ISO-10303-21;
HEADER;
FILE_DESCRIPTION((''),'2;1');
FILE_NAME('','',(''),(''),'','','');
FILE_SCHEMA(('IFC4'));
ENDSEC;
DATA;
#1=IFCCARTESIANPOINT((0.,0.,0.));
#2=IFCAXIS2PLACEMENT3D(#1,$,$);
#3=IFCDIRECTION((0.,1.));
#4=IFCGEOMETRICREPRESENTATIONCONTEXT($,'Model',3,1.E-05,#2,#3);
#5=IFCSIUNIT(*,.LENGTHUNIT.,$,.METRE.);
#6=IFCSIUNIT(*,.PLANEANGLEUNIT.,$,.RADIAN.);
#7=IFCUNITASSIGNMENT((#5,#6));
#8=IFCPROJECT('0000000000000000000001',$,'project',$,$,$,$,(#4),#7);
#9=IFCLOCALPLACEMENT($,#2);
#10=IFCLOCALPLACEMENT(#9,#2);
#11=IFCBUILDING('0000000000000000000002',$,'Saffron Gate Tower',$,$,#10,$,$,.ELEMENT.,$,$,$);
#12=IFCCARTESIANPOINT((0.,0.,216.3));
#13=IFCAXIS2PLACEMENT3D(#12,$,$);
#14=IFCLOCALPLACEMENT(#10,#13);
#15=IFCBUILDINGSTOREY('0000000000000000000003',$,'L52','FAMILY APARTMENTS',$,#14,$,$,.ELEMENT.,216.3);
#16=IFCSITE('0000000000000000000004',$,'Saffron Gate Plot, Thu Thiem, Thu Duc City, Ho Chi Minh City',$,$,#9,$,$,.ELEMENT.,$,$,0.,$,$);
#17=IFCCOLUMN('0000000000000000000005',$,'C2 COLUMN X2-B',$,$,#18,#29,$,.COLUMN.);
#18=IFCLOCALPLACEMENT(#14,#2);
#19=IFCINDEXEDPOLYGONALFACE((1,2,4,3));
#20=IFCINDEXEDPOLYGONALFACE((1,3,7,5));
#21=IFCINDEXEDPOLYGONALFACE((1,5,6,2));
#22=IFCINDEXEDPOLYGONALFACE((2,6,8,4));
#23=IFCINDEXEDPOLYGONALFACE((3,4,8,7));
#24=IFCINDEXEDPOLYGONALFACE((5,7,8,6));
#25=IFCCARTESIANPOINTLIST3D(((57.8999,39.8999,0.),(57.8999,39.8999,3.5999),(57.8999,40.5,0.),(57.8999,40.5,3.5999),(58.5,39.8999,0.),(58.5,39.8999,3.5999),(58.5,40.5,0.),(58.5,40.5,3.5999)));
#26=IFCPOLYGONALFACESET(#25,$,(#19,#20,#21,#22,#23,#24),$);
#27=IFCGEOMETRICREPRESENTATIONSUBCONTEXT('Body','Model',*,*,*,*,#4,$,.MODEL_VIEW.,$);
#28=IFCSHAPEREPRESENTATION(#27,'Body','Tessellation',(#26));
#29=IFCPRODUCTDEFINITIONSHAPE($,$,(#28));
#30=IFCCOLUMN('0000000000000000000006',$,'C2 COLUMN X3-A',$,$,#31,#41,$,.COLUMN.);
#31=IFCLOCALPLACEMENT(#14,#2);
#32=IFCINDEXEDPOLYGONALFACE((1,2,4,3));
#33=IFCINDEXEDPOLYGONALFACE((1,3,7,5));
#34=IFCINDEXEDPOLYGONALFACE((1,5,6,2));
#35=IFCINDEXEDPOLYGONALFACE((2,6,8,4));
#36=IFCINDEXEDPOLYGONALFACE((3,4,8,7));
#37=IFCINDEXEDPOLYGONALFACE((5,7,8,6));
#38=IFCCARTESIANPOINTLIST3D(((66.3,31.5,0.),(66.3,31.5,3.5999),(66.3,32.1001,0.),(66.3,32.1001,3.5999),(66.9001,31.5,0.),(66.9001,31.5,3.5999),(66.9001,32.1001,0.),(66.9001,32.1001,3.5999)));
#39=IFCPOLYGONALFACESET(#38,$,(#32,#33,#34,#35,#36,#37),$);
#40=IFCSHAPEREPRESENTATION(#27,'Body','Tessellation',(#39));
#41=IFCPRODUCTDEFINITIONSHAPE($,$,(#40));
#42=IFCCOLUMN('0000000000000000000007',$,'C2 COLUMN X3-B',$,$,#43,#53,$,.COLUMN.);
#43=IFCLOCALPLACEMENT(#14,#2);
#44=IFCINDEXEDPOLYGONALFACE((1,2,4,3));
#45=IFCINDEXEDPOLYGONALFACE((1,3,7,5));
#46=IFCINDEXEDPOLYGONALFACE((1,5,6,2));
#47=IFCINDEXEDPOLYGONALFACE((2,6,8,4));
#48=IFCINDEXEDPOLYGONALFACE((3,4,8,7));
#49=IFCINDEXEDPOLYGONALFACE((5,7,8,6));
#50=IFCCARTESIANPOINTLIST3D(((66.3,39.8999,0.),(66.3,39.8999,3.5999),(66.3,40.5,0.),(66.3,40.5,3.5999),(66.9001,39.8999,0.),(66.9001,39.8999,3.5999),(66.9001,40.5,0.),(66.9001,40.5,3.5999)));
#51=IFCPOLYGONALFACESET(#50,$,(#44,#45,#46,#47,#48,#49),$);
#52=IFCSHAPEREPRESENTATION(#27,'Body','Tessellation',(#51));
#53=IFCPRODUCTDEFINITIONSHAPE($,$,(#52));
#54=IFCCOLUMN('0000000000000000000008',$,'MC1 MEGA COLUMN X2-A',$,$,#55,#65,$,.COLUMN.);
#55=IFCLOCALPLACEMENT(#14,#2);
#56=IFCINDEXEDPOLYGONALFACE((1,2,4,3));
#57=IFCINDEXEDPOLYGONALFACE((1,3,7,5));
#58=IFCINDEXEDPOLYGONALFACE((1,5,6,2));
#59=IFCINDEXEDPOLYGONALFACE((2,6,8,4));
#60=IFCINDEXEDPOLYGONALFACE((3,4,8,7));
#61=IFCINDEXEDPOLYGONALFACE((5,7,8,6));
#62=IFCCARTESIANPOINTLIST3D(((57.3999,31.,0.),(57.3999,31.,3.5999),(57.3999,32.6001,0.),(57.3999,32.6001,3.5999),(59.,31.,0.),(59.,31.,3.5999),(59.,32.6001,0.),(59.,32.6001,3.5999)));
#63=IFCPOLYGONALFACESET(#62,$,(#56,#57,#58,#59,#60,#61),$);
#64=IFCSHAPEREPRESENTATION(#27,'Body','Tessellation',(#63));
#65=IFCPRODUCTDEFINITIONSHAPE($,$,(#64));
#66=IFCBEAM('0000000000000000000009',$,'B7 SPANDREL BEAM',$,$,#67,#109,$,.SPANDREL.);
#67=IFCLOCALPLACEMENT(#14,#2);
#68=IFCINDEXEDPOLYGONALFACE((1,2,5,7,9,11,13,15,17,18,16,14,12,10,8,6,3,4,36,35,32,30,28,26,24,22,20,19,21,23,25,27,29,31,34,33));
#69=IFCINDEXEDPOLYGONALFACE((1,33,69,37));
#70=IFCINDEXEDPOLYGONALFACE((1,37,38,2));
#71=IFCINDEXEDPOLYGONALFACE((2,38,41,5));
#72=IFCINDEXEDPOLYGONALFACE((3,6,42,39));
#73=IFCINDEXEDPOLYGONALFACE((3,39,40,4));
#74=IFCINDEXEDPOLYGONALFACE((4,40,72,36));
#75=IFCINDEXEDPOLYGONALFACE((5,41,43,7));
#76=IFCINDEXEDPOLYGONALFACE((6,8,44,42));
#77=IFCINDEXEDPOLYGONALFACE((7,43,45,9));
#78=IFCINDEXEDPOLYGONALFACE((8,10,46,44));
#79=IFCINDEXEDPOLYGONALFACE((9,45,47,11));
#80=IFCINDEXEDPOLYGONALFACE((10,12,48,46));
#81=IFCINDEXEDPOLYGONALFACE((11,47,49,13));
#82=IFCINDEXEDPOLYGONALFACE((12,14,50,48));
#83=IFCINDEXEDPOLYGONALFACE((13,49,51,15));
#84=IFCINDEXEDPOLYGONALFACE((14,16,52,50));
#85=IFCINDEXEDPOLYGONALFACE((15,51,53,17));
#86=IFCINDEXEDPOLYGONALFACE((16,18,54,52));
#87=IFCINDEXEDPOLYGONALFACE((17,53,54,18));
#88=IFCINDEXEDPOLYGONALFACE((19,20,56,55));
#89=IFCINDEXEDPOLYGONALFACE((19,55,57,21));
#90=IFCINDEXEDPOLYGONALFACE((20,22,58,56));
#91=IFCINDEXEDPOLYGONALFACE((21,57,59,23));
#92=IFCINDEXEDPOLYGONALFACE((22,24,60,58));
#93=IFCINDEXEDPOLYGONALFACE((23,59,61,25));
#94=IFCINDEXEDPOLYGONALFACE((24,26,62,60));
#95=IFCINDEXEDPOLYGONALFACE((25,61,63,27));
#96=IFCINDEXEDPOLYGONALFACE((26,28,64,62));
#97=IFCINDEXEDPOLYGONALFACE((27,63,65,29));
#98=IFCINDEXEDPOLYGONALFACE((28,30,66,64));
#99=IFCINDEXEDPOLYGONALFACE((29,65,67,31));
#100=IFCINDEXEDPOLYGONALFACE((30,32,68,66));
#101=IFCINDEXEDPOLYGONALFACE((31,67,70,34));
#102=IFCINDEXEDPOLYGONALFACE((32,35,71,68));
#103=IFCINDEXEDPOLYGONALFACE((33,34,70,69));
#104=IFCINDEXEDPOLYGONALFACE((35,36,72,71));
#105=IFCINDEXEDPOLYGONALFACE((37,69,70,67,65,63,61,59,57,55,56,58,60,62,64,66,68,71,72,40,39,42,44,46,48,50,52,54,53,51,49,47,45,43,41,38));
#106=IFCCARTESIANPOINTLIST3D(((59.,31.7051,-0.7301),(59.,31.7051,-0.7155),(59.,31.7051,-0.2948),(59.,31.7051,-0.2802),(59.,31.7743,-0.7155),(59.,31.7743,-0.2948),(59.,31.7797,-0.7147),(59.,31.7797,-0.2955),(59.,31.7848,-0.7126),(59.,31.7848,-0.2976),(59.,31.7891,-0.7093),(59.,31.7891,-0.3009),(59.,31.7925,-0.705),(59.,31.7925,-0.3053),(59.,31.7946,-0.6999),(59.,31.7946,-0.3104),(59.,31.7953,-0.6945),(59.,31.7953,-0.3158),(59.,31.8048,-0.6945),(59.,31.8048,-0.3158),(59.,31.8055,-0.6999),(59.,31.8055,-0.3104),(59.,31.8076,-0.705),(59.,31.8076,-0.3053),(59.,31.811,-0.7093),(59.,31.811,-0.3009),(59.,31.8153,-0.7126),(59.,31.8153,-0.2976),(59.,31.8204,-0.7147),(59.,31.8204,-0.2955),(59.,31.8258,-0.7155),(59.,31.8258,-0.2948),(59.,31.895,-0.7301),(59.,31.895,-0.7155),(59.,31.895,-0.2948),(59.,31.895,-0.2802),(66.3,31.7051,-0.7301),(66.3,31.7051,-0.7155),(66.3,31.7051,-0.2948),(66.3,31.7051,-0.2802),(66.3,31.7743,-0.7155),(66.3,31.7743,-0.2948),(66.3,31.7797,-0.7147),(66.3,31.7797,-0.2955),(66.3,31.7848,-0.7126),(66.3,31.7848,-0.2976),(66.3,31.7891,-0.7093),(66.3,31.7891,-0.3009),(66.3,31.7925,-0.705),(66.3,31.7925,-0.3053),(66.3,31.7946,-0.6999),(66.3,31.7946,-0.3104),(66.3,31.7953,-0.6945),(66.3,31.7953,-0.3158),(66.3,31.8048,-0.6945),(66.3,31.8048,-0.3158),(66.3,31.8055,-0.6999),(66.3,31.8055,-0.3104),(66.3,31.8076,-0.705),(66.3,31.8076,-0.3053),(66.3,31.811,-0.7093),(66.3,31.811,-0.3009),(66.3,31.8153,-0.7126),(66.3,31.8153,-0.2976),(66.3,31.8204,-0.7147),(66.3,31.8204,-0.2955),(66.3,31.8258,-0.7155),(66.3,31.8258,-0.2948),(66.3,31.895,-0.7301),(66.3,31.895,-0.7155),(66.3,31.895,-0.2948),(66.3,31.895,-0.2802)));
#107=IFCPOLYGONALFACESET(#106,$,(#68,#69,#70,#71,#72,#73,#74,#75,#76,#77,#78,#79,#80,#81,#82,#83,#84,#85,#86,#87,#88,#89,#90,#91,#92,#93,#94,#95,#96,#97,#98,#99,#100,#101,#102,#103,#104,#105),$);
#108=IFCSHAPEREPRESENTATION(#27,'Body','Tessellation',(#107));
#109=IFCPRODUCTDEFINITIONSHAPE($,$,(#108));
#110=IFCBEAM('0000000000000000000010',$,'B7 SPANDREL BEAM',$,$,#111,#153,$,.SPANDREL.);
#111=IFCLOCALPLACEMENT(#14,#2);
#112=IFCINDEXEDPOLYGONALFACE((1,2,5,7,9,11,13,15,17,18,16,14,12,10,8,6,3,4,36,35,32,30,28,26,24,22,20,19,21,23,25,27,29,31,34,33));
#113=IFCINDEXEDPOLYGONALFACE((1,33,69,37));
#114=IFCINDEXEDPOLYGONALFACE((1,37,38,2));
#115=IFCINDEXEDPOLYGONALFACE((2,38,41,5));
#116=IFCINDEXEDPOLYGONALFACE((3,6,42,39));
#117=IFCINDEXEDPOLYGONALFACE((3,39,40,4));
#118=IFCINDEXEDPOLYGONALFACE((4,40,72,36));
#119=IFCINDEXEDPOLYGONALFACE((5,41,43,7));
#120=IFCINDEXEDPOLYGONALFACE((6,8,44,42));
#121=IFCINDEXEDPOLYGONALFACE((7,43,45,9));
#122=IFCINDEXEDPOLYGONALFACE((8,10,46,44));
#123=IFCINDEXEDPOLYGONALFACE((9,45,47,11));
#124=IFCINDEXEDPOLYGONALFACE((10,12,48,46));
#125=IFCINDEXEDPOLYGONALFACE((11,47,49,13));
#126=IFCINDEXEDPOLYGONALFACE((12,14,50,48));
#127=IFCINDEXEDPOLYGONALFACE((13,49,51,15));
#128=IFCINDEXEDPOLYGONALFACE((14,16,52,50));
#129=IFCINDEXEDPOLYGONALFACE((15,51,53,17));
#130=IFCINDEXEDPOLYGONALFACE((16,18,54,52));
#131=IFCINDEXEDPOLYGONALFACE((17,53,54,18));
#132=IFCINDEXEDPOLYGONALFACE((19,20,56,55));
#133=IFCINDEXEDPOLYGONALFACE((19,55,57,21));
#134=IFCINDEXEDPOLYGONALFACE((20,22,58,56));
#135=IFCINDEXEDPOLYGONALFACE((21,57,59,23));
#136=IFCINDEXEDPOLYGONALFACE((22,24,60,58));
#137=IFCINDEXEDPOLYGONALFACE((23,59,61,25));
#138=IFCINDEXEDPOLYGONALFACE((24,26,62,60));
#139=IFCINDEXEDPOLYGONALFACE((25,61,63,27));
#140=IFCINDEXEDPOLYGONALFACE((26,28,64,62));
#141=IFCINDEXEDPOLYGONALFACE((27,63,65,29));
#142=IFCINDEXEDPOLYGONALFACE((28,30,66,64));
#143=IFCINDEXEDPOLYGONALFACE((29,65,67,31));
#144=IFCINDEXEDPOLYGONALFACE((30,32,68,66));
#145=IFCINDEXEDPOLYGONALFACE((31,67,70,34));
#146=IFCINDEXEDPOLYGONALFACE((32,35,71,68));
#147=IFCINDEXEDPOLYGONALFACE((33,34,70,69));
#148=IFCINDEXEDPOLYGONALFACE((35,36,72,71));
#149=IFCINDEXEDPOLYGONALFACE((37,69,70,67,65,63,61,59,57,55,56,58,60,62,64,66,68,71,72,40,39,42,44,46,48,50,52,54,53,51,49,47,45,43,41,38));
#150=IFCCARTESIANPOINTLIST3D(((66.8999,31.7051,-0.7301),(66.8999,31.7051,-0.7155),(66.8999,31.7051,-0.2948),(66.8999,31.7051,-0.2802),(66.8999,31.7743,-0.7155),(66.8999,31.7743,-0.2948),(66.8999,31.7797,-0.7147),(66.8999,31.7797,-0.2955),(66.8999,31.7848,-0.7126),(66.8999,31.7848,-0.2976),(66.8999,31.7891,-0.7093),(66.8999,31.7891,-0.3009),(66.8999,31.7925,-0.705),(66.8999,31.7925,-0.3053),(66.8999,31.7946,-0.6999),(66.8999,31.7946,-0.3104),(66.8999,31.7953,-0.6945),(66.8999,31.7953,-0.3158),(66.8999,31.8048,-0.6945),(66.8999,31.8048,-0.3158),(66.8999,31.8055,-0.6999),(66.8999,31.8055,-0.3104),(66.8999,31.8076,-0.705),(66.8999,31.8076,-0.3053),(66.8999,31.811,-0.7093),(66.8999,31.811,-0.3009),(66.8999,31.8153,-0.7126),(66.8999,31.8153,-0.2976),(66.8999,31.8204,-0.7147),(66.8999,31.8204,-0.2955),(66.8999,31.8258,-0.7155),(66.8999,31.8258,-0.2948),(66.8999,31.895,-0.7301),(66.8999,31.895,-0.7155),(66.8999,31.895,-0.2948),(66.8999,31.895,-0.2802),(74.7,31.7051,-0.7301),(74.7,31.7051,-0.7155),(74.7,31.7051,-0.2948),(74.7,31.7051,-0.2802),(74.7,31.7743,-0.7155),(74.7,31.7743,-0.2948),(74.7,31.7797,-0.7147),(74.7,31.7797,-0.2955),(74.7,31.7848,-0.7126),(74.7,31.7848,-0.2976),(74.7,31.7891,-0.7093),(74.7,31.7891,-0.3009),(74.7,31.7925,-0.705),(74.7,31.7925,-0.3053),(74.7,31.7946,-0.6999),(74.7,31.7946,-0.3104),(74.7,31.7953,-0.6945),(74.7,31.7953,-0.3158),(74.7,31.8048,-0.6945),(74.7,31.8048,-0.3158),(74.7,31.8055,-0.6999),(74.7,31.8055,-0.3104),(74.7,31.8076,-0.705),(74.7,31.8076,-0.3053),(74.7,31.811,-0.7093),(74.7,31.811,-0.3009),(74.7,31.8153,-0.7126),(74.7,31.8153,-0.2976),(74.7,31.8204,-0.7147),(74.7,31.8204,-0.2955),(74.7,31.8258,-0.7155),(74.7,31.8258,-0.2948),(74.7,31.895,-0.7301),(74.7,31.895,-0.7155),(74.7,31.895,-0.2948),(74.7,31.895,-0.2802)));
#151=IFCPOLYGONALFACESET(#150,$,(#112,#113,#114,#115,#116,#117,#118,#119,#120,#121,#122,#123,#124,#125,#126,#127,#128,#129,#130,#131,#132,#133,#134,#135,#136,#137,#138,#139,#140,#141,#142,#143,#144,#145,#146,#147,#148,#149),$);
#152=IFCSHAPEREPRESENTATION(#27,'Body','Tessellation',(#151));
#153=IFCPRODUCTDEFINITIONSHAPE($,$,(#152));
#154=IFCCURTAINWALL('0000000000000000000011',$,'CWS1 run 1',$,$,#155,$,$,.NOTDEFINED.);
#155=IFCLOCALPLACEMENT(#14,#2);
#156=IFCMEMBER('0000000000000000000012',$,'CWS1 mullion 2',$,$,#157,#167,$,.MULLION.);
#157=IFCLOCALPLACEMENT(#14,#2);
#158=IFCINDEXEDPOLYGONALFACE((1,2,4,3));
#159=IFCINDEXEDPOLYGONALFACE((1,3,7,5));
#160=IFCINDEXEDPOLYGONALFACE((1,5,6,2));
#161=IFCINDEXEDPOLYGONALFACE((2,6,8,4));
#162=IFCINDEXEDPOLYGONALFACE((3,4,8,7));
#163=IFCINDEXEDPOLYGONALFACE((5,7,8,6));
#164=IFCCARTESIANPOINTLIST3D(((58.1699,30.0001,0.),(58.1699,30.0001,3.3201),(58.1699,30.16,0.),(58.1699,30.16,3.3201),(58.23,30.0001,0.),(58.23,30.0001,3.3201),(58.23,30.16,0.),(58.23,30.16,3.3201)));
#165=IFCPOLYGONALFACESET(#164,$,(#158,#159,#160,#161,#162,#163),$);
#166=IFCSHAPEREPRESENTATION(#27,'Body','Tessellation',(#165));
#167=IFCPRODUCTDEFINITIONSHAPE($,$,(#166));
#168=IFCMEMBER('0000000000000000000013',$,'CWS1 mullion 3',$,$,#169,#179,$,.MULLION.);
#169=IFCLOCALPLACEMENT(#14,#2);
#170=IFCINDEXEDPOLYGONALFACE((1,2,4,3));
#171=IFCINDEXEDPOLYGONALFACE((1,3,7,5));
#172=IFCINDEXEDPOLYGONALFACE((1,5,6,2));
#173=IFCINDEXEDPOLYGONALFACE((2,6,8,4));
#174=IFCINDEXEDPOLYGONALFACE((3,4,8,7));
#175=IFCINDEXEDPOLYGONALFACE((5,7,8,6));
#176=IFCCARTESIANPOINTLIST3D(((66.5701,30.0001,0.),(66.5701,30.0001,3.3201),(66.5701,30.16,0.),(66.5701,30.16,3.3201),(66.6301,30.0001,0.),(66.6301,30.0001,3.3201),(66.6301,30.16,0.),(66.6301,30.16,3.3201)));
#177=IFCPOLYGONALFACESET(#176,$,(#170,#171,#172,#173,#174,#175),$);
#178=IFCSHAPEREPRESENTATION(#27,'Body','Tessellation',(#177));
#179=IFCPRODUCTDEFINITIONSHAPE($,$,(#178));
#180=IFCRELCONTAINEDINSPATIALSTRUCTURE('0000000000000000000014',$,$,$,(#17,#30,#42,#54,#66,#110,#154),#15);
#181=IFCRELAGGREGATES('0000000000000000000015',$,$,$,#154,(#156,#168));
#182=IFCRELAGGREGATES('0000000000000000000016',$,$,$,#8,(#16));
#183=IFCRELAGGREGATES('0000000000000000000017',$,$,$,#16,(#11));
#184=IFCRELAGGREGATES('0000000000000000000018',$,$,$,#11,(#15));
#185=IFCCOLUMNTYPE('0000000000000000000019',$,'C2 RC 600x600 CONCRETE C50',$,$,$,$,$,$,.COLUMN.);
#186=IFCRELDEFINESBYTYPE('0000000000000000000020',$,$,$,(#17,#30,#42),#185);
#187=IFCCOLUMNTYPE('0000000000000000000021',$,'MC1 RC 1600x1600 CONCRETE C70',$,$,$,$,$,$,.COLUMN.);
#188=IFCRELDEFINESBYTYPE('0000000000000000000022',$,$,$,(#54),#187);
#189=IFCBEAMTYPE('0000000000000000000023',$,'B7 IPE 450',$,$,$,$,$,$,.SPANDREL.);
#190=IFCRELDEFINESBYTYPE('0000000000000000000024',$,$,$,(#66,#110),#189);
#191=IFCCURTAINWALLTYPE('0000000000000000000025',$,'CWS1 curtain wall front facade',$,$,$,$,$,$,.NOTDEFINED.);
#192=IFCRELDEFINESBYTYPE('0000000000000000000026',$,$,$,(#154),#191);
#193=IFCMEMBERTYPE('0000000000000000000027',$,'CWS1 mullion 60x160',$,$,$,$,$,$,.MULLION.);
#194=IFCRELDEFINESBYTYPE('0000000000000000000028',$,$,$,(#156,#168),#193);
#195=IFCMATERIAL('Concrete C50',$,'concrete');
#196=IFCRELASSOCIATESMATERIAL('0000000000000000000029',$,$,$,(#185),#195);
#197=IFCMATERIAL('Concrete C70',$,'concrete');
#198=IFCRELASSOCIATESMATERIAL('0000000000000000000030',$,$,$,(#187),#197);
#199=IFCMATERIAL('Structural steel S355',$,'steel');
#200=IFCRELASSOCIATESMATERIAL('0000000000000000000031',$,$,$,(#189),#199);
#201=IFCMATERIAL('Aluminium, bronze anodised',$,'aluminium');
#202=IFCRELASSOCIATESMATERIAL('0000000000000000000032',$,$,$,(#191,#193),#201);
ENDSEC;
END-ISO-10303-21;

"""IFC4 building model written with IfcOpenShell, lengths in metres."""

from ifc_helpers import new_model, si_unit, direction, frame, origin, origin_2d, place, context, subcontext, project, spatial, rectangle, i_section, extrude, material, material_profile, profile_set, type_object, element, aggregate, save


model = new_model("IFC4")

# Units and contexts
model_context = context("Model", 3, precision=1e-05, world=origin(), true_north=direction((0.0, 1.0)))
body_context = subcontext(model_context, "Body", "Model", "MODEL_VIEW")
ifc_project = project(units=[si_unit("LENGTHUNIT", "METRE"), si_unit("PLANEANGLEUNIT", "RADIAN")], contexts=[model_context])

# Site, building, storey
site_placement = place(None, origin())
site = spatial("IfcSite", under=ifc_project, at=site_placement, Name="Saffron Gate Plot, Thu Thiem, Thu Duc City, Ho Chi Minh City", CompositionType="ELEMENT", RefElevation=0.0)
building_placement = place(site_placement, origin())
building = spatial("IfcBuilding", under=site, at=building_placement, Name="Saffron Gate Tower", CompositionType="ELEMENT")
storey_placement = place(building_placement, frame((0.0, 0.0, 216.3)))
storey = spatial("IfcBuildingStorey", under=building, at=storey_placement, Name="L52", Description="FAMILY APARTMENTS", CompositionType="ELEMENT", Elevation=216.3)

# Columns
ifc_material_1 = material(Name="Concrete C50", Category="concrete")
ifc_material_profile_1 = material_profile(ifc_material_1, rectangle(XDim=0.6001, YDim=0.6001, at=origin_2d()))
ifc_profile_set_1 = profile_set([ifc_material_profile_1], Name="Concrete C50")
column_type_1 = type_object("IfcColumnType", Name="C2 RC 600x600 CONCRETE C50", PredefinedType="COLUMN", material=ifc_profile_set_1)
for number, where, z_axis, x_axis, name in (
    (1, (58.2, 40.2, 0.0), (0.0, 0.0, 1.0), (1.0, 0.0, 0.0), "C2 COLUMN X2-B"),
    (2, (66.6001, 31.8, 0.0), (0.0, 0.0, 1.0), (1.0, 0.0, 0.0), "C2 COLUMN X3-A"),
    (3, (66.6001, 40.2, 0.0), (0.0, 0.0, 1.0), (1.0, 0.0, 0.0), "C2 COLUMN X3-B"),
):
    element("IfcColumn", number, at=place(storey_placement, frame(where, z_axis=z_axis, x_axis=x_axis)), inside=storey, type_object=column_type_1, Name=name, PredefinedType="COLUMN", context=body_context, shape_type="SweptSolid", body=[
        extrude(rectangle(XDim=0.6001, YDim=0.6001, at=origin_2d()), origin(), (0.0, 0.0, 1.0), 3.5999),
    ])
ifc_material_2 = material(Name="Concrete C70", Category="concrete")
ifc_material_profile_2 = material_profile(ifc_material_2, rectangle(XDim=1.6001, YDim=1.6001, at=origin_2d()))
ifc_profile_set_2 = profile_set([ifc_material_profile_2], Name="Concrete C70")
column_type_2 = type_object("IfcColumnType", Name="MC1 RC 1600x1600 CONCRETE C70", PredefinedType="COLUMN", material=ifc_profile_set_2)
column_placement = place(storey_placement, frame((58.2, 31.8, 0.0), z_axis=(0.0, 0.0, 1.0), x_axis=(1.0, 0.0, 0.0)))
element("IfcColumn", 4, at=column_placement, inside=storey, type_object=column_type_2, Name="MC1 MEGA COLUMN X2-A", PredefinedType="COLUMN", context=body_context, shape_type="SweptSolid", body=[
    extrude(rectangle(XDim=1.6001, YDim=1.6001, at=origin_2d()), origin(), (0.0, 0.0, 1.0), 3.5999),
])

# Beams
ifc_material_3 = material(Name="Structural steel S355", Category="steel")
ifc_material_profile_3 = material_profile(ifc_material_3, i_section(OverallWidth=0.1899, OverallDepth=0.45, WebThickness=0.0095, FlangeThickness=0.0146, FilletRadius=0.021, at=origin_2d()))
ifc_profile_set_3 = profile_set([ifc_material_profile_3], Name="Structural steel S355")
beam_type = type_object("IfcBeamType", Name="B7 IPE 450", PredefinedType="SPANDREL", material=ifc_profile_set_3)
beam_1_placement = place(storey_placement, frame((59.0, 31.8, -0.5051), z_axis=(1.0, 0.0, 0.0), x_axis=(0.0, 1.0, 0.0)))
element("IfcBeam", 5, at=beam_1_placement, inside=storey, type_object=beam_type, Name="B7 SPANDREL BEAM", PredefinedType="SPANDREL", context=body_context, shape_type="SweptSolid", body=[
    extrude(i_section(OverallWidth=0.1899, OverallDepth=0.45, WebThickness=0.0095, FlangeThickness=0.0146, FilletRadius=0.021, at=origin_2d()), origin(), (0.0, 0.0, 1.0), 7.3),
])
beam_2_placement = place(storey_placement, frame((66.8999, 31.8, -0.5051), z_axis=(1.0, 0.0, 0.0), x_axis=(0.0, 1.0, 0.0)))
element("IfcBeam", 6, at=beam_2_placement, inside=storey, type_object=beam_type, Name="B7 SPANDREL BEAM", PredefinedType="SPANDREL", context=body_context, shape_type="SweptSolid", body=[
    extrude(i_section(OverallWidth=0.1899, OverallDepth=0.45, WebThickness=0.0095, FlangeThickness=0.0146, FilletRadius=0.021, at=origin_2d()), origin(), (0.0, 0.0, 1.0), 7.8),
])

# Curtain wall, members
ifc_material_4 = material(Name="Aluminium, bronze anodised", Category="aluminium")
curtain_wall_type = type_object("IfcCurtainWallType", Name="CWS1 curtain wall front facade", PredefinedType="NOTDEFINED", material=ifc_material_4)
curtain_wall_placement = place(storey_placement, origin())
curtain_wall = element("IfcCurtainWall", 7, at=curtain_wall_placement, inside=storey, type_object=curtain_wall_type, Name="CWS1 run 1", PredefinedType="NOTDEFINED")
ifc_material_profile_4 = material_profile(ifc_material_4, rectangle(XDim=0.1599, YDim=0.0601, at=origin_2d()))
ifc_profile_set_4 = profile_set([ifc_material_profile_4], Name="Aluminium, bronze anodised")
member_type = type_object("IfcMemberType", Name="CWS1 mullion 60x160", PredefinedType="MULLION", material=ifc_profile_set_4)
member_1_placement = place(storey_placement, frame((58.2, 30.0801, 0.0), z_axis=(0.0, 0.0, 1.0), x_axis=(0.0, 1.0, 0.0)))
member_1 = element("IfcMember", 8, at=member_1_placement, type_object=member_type, Name="CWS1 mullion 2", PredefinedType="MULLION", context=body_context, shape_type="SweptSolid", body=[
    extrude(rectangle(XDim=0.1599, YDim=0.0601, at=origin_2d()), origin(), (0.0, 0.0, 1.0), 3.3201),
])
member_2_placement = place(storey_placement, frame((66.6001, 30.0801, 0.0), z_axis=(0.0, 0.0, 1.0), x_axis=(0.0, 1.0, 0.0)))
member_2 = element("IfcMember", 9, at=member_2_placement, type_object=member_type, Name="CWS1 mullion 3", PredefinedType="MULLION", context=body_context, shape_type="SweptSolid", body=[
    extrude(rectangle(XDim=0.1599, YDim=0.0601, at=origin_2d()), origin(), (0.0, 0.0, 1.0), 3.3201),
])
aggregate(curtain_wall, [member_1, member_2])

save(model, "model.ifc")
